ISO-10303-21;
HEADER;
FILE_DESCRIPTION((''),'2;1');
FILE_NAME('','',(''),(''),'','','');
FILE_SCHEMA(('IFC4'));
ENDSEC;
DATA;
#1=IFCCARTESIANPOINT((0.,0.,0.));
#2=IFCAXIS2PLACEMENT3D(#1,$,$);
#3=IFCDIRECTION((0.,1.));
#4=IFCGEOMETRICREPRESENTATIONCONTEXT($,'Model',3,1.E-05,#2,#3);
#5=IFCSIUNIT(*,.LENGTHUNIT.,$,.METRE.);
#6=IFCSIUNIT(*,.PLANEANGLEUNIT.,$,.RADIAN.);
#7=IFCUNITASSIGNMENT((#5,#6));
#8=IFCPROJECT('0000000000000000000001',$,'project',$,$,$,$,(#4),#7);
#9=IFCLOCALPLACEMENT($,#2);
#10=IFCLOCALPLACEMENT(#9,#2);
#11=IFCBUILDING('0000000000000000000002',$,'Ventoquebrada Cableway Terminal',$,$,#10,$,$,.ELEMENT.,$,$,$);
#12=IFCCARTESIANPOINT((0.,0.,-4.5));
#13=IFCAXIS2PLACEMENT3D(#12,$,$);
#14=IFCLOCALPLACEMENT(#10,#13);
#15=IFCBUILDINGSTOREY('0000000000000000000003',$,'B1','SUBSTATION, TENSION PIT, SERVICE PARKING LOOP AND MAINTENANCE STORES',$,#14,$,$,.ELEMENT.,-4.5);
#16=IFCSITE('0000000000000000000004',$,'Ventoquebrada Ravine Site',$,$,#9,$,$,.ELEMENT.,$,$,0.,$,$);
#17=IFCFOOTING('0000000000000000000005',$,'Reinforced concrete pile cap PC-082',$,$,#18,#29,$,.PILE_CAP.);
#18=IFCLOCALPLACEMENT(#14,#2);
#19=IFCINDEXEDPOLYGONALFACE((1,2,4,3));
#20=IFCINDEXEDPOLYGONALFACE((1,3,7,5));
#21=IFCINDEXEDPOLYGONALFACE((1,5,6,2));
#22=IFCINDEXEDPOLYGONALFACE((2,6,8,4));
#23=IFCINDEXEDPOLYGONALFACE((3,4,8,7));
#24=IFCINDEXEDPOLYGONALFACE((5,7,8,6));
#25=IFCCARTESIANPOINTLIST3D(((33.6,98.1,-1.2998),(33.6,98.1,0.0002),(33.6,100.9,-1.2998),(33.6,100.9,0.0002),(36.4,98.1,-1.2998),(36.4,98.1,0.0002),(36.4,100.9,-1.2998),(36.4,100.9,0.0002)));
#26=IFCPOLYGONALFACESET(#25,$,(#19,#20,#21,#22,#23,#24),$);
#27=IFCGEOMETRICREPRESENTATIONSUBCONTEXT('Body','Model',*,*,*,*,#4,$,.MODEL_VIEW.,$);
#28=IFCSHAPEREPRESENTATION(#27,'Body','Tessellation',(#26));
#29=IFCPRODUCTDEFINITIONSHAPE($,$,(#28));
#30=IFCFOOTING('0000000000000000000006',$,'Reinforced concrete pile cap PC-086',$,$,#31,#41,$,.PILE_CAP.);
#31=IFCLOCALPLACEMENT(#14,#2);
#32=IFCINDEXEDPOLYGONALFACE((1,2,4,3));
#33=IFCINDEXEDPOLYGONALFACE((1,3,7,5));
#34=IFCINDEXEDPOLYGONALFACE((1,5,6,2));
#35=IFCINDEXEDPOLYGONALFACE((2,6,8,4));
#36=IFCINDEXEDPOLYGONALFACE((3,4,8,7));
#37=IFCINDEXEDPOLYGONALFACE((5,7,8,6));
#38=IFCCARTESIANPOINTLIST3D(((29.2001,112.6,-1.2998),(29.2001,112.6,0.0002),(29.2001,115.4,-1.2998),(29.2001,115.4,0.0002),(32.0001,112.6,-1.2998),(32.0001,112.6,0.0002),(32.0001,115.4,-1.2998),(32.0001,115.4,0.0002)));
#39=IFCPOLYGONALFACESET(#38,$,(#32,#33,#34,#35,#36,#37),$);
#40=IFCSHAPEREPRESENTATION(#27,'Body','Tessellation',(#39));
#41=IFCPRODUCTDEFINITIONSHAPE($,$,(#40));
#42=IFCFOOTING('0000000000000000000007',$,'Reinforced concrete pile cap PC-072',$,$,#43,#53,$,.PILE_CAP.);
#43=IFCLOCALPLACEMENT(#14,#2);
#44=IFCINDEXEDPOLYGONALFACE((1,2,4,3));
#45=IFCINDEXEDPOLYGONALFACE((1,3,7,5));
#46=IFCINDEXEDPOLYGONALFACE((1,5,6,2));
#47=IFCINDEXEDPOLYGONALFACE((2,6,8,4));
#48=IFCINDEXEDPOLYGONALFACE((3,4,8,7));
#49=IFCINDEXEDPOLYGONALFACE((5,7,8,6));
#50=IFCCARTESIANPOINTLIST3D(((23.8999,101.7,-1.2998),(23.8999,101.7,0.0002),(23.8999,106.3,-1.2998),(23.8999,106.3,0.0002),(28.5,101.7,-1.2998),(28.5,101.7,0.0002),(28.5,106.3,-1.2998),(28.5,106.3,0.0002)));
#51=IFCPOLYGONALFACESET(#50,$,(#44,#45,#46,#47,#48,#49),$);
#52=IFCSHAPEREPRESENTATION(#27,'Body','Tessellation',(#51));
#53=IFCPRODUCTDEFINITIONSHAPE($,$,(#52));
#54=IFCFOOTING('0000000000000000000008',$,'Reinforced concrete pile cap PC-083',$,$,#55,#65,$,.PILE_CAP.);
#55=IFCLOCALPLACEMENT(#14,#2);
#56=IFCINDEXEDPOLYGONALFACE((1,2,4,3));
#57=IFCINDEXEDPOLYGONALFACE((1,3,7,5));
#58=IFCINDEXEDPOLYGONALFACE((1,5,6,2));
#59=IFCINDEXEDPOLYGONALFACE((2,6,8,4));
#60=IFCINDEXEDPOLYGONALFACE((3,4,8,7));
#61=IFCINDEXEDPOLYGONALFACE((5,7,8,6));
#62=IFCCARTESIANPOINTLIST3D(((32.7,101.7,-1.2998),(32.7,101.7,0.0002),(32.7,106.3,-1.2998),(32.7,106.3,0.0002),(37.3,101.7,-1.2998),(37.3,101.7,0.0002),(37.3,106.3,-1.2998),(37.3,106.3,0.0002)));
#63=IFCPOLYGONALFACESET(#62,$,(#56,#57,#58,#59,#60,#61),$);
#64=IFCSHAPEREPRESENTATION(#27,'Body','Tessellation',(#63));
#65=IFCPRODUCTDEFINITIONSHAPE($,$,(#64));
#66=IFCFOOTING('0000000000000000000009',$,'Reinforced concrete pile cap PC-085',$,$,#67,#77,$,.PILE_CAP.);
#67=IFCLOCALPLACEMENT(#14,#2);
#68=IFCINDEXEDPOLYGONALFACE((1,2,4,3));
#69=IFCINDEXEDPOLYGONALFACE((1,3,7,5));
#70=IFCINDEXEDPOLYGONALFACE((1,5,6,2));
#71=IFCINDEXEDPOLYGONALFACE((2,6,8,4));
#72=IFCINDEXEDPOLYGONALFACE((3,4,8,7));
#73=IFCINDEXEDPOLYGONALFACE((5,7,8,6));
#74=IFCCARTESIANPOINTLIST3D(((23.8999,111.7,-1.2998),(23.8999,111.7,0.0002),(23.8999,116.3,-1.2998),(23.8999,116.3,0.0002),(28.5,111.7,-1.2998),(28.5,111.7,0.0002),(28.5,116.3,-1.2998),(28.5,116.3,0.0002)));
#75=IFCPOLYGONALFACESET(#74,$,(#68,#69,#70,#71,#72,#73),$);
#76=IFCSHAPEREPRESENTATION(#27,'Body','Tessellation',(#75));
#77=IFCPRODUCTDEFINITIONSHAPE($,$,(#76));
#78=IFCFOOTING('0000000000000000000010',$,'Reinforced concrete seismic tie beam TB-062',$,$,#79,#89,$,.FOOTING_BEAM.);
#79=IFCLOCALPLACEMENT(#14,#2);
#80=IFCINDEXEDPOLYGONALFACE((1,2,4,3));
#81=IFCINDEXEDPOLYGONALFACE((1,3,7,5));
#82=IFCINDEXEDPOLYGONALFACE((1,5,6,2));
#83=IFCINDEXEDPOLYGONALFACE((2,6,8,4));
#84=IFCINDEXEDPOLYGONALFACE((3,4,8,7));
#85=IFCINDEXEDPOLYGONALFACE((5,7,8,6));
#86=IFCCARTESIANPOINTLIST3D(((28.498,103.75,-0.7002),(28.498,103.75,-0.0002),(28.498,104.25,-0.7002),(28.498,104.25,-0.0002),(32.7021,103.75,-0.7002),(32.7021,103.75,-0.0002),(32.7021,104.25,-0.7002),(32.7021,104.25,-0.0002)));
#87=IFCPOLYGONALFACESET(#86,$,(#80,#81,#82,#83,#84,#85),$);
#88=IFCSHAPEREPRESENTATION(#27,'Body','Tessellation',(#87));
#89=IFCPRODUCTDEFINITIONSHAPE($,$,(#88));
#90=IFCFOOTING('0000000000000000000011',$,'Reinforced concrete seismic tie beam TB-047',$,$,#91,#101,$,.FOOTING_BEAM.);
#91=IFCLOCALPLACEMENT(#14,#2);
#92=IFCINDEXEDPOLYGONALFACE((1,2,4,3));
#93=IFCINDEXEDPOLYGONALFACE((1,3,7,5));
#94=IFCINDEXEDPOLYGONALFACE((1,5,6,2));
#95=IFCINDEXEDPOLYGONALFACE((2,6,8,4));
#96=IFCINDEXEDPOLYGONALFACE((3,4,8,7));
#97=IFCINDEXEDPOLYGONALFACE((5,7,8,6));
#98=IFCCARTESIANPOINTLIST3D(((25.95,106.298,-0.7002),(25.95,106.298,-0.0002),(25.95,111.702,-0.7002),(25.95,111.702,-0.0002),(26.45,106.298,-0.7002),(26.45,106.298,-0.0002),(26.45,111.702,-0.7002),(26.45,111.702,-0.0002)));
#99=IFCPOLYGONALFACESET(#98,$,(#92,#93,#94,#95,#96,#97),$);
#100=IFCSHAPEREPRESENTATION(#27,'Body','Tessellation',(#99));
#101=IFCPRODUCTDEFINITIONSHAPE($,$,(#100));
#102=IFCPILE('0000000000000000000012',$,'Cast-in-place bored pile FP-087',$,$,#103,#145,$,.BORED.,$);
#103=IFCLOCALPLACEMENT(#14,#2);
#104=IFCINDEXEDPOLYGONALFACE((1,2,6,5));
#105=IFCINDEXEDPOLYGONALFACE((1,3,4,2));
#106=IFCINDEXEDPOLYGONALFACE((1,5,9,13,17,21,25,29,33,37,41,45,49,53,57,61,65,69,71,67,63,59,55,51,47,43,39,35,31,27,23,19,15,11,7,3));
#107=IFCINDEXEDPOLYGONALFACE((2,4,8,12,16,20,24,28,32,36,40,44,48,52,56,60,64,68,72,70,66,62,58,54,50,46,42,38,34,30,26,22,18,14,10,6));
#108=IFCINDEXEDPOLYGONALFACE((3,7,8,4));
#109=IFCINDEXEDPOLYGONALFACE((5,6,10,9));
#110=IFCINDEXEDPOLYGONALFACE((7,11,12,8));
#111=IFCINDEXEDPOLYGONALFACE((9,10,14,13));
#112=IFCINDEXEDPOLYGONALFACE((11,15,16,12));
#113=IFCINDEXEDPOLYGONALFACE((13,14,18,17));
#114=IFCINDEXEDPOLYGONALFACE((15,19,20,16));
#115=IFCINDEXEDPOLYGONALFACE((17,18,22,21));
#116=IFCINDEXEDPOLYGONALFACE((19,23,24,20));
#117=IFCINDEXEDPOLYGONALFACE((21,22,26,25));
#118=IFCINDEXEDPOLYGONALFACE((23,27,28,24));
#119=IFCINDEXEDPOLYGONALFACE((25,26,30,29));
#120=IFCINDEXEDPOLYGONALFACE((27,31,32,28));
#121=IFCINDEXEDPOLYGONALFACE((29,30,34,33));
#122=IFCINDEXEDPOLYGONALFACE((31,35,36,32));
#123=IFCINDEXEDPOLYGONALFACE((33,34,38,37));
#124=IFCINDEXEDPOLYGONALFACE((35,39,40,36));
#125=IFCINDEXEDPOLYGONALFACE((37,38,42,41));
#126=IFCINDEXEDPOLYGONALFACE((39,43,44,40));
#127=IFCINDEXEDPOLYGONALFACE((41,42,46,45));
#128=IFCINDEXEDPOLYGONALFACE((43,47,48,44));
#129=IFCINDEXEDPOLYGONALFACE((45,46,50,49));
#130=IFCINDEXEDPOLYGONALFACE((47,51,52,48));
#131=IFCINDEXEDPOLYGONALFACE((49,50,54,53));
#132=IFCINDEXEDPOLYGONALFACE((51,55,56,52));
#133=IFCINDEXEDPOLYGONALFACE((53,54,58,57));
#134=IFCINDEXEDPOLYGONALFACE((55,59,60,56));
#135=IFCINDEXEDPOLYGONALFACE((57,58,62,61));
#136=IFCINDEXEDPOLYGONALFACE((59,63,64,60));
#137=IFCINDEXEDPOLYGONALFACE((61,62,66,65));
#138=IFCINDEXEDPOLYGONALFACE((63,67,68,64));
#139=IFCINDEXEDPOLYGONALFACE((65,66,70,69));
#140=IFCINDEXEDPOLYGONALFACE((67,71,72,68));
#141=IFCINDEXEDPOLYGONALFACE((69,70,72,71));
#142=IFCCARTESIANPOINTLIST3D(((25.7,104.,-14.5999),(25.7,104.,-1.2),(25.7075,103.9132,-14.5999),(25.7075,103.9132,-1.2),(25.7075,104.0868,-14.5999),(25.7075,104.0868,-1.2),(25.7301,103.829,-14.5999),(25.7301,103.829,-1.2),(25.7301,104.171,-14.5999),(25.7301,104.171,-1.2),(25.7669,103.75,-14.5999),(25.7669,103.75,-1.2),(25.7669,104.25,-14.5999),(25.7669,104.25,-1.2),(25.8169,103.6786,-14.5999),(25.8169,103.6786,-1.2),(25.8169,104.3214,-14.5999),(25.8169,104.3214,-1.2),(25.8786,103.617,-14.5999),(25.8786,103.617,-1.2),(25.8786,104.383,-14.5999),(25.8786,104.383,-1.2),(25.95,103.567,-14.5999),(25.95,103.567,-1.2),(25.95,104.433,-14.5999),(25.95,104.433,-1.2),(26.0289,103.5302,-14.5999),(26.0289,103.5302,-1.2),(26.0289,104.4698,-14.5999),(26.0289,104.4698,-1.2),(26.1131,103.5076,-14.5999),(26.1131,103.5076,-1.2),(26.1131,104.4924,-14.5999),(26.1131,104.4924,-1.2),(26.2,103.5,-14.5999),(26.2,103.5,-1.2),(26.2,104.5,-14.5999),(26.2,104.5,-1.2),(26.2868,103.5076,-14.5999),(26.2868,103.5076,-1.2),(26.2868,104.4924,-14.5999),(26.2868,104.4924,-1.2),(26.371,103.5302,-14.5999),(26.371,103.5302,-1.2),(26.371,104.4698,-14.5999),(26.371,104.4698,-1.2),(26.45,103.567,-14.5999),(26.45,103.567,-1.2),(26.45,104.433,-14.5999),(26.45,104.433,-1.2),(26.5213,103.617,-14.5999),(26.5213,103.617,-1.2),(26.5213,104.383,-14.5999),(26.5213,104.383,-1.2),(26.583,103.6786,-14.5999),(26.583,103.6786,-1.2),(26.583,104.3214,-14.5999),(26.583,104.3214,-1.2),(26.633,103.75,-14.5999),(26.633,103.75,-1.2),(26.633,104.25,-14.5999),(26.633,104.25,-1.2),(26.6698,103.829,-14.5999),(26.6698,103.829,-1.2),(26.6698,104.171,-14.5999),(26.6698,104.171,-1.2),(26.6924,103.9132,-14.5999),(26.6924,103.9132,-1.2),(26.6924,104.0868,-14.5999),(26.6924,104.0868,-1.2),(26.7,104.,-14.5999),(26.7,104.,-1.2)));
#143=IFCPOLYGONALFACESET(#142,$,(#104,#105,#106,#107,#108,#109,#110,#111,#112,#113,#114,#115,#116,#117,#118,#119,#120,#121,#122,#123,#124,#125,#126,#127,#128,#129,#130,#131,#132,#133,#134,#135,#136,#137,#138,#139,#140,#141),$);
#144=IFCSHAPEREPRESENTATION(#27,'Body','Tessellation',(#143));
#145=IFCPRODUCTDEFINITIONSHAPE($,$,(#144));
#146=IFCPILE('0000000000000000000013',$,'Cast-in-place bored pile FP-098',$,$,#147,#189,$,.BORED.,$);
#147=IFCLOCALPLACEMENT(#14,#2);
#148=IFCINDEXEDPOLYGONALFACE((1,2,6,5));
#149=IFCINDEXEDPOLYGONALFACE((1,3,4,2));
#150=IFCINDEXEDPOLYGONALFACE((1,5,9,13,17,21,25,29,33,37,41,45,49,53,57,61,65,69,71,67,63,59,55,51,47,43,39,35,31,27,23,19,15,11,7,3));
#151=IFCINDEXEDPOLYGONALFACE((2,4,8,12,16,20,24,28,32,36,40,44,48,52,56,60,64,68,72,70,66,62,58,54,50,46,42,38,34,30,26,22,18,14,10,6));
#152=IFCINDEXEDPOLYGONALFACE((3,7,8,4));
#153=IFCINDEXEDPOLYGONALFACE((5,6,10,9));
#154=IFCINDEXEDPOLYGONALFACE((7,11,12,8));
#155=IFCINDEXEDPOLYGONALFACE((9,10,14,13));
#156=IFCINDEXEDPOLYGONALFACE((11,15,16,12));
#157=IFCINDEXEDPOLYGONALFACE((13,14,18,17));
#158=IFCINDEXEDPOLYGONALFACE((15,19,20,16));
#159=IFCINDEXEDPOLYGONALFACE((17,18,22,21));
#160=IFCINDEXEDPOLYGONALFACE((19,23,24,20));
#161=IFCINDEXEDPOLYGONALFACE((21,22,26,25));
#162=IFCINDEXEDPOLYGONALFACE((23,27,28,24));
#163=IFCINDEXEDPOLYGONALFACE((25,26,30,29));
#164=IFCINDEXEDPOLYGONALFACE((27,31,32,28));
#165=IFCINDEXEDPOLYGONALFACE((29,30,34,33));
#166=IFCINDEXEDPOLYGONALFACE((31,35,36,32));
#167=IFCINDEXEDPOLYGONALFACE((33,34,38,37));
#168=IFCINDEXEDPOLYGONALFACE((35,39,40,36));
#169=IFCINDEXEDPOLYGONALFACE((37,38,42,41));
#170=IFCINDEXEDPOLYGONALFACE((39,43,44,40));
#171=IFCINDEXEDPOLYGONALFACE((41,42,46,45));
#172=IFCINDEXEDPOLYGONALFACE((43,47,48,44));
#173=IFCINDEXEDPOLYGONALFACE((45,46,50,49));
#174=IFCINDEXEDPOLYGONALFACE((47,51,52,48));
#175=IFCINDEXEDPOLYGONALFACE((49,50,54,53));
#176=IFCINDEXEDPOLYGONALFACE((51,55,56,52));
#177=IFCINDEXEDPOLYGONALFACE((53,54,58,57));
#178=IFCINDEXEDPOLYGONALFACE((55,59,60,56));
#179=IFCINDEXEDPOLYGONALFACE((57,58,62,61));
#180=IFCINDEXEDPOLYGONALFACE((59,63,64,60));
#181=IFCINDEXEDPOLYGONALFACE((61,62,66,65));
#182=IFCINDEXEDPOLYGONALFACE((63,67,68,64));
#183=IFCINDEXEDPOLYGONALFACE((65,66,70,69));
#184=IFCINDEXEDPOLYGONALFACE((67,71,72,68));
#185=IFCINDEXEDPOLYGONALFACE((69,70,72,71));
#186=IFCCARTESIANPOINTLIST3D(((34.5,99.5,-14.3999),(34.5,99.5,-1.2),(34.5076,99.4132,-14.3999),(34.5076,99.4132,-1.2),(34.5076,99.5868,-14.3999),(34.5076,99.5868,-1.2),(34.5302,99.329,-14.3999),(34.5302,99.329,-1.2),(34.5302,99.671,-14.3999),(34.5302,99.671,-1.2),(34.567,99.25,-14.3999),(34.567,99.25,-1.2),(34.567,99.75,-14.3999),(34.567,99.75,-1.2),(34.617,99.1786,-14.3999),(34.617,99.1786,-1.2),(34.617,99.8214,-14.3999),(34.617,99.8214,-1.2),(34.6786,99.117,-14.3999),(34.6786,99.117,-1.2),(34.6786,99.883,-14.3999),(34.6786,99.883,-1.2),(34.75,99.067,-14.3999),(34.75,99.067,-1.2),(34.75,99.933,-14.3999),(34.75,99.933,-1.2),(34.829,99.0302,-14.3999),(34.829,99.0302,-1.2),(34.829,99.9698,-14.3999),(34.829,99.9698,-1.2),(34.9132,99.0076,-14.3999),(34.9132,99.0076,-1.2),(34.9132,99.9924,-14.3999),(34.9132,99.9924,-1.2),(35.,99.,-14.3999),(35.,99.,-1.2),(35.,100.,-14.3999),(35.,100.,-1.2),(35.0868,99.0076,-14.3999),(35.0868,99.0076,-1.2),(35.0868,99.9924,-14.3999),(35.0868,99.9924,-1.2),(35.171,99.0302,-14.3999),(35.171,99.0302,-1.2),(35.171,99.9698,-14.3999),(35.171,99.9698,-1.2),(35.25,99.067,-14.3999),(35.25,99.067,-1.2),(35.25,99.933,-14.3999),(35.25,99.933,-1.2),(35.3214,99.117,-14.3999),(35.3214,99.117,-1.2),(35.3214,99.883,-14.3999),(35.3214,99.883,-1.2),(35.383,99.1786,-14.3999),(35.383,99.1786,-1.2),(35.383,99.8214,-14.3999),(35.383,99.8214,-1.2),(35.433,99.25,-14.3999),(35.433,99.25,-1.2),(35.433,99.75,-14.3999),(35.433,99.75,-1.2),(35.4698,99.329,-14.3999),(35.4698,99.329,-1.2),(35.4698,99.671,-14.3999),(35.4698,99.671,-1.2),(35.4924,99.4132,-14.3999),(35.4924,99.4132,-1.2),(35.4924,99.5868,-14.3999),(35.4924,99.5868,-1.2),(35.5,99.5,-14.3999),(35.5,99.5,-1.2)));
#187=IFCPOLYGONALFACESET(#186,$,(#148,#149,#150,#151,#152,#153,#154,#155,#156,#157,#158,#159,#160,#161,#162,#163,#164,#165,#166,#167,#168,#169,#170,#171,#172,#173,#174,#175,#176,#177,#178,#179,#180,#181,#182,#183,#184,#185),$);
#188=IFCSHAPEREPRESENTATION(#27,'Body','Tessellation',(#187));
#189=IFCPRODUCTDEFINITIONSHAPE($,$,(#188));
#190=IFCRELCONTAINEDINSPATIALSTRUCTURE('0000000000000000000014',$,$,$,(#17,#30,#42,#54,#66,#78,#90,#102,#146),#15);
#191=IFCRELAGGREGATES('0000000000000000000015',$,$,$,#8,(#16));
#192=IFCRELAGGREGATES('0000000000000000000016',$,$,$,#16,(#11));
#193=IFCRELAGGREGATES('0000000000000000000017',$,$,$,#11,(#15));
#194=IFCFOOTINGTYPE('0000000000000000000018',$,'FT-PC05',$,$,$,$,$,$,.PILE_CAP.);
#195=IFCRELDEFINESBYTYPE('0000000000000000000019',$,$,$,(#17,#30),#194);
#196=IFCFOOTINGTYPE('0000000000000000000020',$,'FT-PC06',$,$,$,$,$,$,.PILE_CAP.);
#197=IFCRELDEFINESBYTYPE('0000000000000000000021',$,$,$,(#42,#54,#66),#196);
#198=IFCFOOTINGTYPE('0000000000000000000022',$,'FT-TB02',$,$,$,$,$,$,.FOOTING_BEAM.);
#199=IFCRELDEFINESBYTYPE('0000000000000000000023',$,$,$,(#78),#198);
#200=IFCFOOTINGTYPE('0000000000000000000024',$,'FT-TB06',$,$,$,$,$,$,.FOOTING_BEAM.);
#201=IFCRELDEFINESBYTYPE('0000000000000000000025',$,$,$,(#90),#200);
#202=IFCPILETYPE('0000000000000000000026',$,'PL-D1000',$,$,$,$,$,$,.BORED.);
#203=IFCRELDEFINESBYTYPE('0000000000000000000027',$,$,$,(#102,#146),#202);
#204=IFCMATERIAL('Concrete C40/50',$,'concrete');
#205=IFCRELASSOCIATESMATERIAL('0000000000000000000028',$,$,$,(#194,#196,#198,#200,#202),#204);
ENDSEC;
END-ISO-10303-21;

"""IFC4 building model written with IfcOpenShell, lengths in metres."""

from ifc_helpers import new_model, si_unit, direction, frame, origin, origin_2d, place, context, subcontext, project, spatial, rectangle, circle, extrude, material, material_profile, profile_set, type_object, element, save


model = new_model("IFC4")

# Units and contexts
model_context = context("Model", 3, precision=1e-05, world=origin(), true_north=direction((0.0, 1.0)))
body_context = subcontext(model_context, "Body", "Model", "MODEL_VIEW")
ifc_project = project(units=[si_unit("LENGTHUNIT", "METRE"), si_unit("PLANEANGLEUNIT", "RADIAN")], contexts=[model_context])

# Site, building, storey
site_placement = place(None, origin())
site = spatial("IfcSite", under=ifc_project, at=site_placement, Name="Ventoquebrada Ravine Site", CompositionType="ELEMENT", RefElevation=0.0)
building_placement = place(site_placement, origin())
building = spatial("IfcBuilding", under=site, at=building_placement, Name="Ventoquebrada Cableway Terminal", CompositionType="ELEMENT")
storey_placement = place(building_placement, frame((0.0, 0.0, -4.5)))
storey = spatial("IfcBuildingStorey", under=building, at=storey_placement, Name="B1", Description="SUBSTATION, TENSION PIT, SERVICE PARKING LOOP AND MAINTENANCE STORES", CompositionType="ELEMENT", Elevation=-4.5)

# Footings
ifc_material_1 = material(Name="Concrete C40/50", Category="concrete")
footing_type_1 = type_object("IfcFootingType", Name="FT-PC05", PredefinedType="PILE_CAP", material=ifc_material_1)
for number, where, z_axis, x_axis, name in (
    (1, (35.0, 99.5, -1.2998), (0.0, 0.0, 1.0), (1.0, 0.0, 0.0), "Reinforced concrete pile cap PC-082"),
    (2, (30.6001, 114.0, -1.2998), (0.0, 0.0, 1.0), (1.0, 0.0, 0.0), "Reinforced concrete pile cap PC-086"),
):
    element("IfcFooting", number, at=place(storey_placement, frame(where, z_axis=z_axis, x_axis=x_axis)), inside=storey, type_object=footing_type_1, Name=name, PredefinedType="PILE_CAP", context=body_context, shape_type="SweptSolid", body=[
        extrude(rectangle(XDim=2.8, YDim=2.8, at=origin_2d()), origin(), (0.0, 0.0, 1.0), 1.3),
    ])
footing_type_2 = type_object("IfcFootingType", Name="FT-PC06", PredefinedType="PILE_CAP", material=ifc_material_1)
for number, where, z_axis, x_axis, name in (
    (3, (26.2, 104.0, -1.2998), (0.0, 0.0, 1.0), (1.0, 0.0, 0.0), "Reinforced concrete pile cap PC-072"),
    (4, (35.0, 104.0, -1.2998), (0.0, 0.0, 1.0), (1.0, 0.0, 0.0), "Reinforced concrete pile cap PC-083"),
    (5, (26.2, 114.0, -1.2998), (0.0, 0.0, 1.0), (1.0, 0.0, 0.0), "Reinforced concrete pile cap PC-085"),
):
    element("IfcFooting", number, at=place(storey_placement, frame(where, z_axis=z_axis, x_axis=x_axis)), inside=storey, type_object=footing_type_2, Name=name, PredefinedType="PILE_CAP", context=body_context, shape_type="SweptSolid", body=[
        extrude(rectangle(XDim=4.6001, YDim=4.6001, at=origin_2d()), origin(), (0.0, 0.0, 1.0), 1.3),
    ])
footing_type_3 = type_object("IfcFootingType", Name="FT-TB02", PredefinedType="FOOTING_BEAM", material=ifc_material_1)
footing_1_placement = place(storey_placement, frame((30.6001, 104.0, -0.7002), z_axis=(0.0, 0.0, 1.0), x_axis=(1.0, 0.0, 0.0)))
element("IfcFooting", 6, at=footing_1_placement, inside=storey, type_object=footing_type_3, Name="Reinforced concrete seismic tie beam TB-062", PredefinedType="FOOTING_BEAM", context=body_context, shape_type="SweptSolid", body=[
    extrude(rectangle(XDim=4.2041, YDim=0.5, at=origin_2d()), origin(), (0.0, 0.0, 1.0), 0.7),
])
footing_type_4 = type_object("IfcFootingType", Name="FT-TB06", PredefinedType="FOOTING_BEAM", material=ifc_material_1)
footing_2_placement = place(storey_placement, frame((26.2, 109.0, -0.7002), z_axis=(0.0, 0.0, 1.0), x_axis=(0.0, 1.0, 0.0)))
element("IfcFooting", 7, at=footing_2_placement, inside=storey, type_object=footing_type_4, Name="Reinforced concrete seismic tie beam TB-047", PredefinedType="FOOTING_BEAM", context=body_context, shape_type="SweptSolid", body=[
    extrude(rectangle(XDim=5.4041, YDim=0.5, at=origin_2d()), origin(), (0.0, 0.0, 1.0), 0.7),
])

# Piles
ifc_material_profile_1 = material_profile(ifc_material_1, circle(Radius=0.5, at=origin_2d()), Name="PILE-D1000")
ifc_profile_set_1 = profile_set([ifc_material_profile_1], Name="Concrete C40/50")
pile_type = type_object("IfcPileType", Name="PL-D1000", PredefinedType="BORED", material=ifc_profile_set_1)
pile_1_placement = place(storey_placement, frame((26.2, 104.0, -1.2), z_axis=(0.0, 0.0, -1.0), x_axis=(1.0, 0.0, 0.0)))
element("IfcPile", 8, at=pile_1_placement, inside=storey, type_object=pile_type, Name="Cast-in-place bored pile FP-087", PredefinedType="BORED", context=body_context, shape_type="SweptSolid", body=[
    extrude(circle(Radius=0.5, at=origin_2d()), origin(), (0.0, 0.0, 1.0), 13.3999),
])
pile_2_placement = place(storey_placement, frame((35.0, 99.5, -1.2), z_axis=(0.0, 0.0, -1.0), x_axis=(1.0, 0.0, 0.0)))
element("IfcPile", 9, at=pile_2_placement, inside=storey, type_object=pile_type, Name="Cast-in-place bored pile FP-098", PredefinedType="BORED", context=body_context, shape_type="SweptSolid", body=[
    extrude(circle(Radius=0.5, at=origin_2d()), origin(), (0.0, 0.0, 1.0), 13.2),
])

save(model, "model.ifc")
